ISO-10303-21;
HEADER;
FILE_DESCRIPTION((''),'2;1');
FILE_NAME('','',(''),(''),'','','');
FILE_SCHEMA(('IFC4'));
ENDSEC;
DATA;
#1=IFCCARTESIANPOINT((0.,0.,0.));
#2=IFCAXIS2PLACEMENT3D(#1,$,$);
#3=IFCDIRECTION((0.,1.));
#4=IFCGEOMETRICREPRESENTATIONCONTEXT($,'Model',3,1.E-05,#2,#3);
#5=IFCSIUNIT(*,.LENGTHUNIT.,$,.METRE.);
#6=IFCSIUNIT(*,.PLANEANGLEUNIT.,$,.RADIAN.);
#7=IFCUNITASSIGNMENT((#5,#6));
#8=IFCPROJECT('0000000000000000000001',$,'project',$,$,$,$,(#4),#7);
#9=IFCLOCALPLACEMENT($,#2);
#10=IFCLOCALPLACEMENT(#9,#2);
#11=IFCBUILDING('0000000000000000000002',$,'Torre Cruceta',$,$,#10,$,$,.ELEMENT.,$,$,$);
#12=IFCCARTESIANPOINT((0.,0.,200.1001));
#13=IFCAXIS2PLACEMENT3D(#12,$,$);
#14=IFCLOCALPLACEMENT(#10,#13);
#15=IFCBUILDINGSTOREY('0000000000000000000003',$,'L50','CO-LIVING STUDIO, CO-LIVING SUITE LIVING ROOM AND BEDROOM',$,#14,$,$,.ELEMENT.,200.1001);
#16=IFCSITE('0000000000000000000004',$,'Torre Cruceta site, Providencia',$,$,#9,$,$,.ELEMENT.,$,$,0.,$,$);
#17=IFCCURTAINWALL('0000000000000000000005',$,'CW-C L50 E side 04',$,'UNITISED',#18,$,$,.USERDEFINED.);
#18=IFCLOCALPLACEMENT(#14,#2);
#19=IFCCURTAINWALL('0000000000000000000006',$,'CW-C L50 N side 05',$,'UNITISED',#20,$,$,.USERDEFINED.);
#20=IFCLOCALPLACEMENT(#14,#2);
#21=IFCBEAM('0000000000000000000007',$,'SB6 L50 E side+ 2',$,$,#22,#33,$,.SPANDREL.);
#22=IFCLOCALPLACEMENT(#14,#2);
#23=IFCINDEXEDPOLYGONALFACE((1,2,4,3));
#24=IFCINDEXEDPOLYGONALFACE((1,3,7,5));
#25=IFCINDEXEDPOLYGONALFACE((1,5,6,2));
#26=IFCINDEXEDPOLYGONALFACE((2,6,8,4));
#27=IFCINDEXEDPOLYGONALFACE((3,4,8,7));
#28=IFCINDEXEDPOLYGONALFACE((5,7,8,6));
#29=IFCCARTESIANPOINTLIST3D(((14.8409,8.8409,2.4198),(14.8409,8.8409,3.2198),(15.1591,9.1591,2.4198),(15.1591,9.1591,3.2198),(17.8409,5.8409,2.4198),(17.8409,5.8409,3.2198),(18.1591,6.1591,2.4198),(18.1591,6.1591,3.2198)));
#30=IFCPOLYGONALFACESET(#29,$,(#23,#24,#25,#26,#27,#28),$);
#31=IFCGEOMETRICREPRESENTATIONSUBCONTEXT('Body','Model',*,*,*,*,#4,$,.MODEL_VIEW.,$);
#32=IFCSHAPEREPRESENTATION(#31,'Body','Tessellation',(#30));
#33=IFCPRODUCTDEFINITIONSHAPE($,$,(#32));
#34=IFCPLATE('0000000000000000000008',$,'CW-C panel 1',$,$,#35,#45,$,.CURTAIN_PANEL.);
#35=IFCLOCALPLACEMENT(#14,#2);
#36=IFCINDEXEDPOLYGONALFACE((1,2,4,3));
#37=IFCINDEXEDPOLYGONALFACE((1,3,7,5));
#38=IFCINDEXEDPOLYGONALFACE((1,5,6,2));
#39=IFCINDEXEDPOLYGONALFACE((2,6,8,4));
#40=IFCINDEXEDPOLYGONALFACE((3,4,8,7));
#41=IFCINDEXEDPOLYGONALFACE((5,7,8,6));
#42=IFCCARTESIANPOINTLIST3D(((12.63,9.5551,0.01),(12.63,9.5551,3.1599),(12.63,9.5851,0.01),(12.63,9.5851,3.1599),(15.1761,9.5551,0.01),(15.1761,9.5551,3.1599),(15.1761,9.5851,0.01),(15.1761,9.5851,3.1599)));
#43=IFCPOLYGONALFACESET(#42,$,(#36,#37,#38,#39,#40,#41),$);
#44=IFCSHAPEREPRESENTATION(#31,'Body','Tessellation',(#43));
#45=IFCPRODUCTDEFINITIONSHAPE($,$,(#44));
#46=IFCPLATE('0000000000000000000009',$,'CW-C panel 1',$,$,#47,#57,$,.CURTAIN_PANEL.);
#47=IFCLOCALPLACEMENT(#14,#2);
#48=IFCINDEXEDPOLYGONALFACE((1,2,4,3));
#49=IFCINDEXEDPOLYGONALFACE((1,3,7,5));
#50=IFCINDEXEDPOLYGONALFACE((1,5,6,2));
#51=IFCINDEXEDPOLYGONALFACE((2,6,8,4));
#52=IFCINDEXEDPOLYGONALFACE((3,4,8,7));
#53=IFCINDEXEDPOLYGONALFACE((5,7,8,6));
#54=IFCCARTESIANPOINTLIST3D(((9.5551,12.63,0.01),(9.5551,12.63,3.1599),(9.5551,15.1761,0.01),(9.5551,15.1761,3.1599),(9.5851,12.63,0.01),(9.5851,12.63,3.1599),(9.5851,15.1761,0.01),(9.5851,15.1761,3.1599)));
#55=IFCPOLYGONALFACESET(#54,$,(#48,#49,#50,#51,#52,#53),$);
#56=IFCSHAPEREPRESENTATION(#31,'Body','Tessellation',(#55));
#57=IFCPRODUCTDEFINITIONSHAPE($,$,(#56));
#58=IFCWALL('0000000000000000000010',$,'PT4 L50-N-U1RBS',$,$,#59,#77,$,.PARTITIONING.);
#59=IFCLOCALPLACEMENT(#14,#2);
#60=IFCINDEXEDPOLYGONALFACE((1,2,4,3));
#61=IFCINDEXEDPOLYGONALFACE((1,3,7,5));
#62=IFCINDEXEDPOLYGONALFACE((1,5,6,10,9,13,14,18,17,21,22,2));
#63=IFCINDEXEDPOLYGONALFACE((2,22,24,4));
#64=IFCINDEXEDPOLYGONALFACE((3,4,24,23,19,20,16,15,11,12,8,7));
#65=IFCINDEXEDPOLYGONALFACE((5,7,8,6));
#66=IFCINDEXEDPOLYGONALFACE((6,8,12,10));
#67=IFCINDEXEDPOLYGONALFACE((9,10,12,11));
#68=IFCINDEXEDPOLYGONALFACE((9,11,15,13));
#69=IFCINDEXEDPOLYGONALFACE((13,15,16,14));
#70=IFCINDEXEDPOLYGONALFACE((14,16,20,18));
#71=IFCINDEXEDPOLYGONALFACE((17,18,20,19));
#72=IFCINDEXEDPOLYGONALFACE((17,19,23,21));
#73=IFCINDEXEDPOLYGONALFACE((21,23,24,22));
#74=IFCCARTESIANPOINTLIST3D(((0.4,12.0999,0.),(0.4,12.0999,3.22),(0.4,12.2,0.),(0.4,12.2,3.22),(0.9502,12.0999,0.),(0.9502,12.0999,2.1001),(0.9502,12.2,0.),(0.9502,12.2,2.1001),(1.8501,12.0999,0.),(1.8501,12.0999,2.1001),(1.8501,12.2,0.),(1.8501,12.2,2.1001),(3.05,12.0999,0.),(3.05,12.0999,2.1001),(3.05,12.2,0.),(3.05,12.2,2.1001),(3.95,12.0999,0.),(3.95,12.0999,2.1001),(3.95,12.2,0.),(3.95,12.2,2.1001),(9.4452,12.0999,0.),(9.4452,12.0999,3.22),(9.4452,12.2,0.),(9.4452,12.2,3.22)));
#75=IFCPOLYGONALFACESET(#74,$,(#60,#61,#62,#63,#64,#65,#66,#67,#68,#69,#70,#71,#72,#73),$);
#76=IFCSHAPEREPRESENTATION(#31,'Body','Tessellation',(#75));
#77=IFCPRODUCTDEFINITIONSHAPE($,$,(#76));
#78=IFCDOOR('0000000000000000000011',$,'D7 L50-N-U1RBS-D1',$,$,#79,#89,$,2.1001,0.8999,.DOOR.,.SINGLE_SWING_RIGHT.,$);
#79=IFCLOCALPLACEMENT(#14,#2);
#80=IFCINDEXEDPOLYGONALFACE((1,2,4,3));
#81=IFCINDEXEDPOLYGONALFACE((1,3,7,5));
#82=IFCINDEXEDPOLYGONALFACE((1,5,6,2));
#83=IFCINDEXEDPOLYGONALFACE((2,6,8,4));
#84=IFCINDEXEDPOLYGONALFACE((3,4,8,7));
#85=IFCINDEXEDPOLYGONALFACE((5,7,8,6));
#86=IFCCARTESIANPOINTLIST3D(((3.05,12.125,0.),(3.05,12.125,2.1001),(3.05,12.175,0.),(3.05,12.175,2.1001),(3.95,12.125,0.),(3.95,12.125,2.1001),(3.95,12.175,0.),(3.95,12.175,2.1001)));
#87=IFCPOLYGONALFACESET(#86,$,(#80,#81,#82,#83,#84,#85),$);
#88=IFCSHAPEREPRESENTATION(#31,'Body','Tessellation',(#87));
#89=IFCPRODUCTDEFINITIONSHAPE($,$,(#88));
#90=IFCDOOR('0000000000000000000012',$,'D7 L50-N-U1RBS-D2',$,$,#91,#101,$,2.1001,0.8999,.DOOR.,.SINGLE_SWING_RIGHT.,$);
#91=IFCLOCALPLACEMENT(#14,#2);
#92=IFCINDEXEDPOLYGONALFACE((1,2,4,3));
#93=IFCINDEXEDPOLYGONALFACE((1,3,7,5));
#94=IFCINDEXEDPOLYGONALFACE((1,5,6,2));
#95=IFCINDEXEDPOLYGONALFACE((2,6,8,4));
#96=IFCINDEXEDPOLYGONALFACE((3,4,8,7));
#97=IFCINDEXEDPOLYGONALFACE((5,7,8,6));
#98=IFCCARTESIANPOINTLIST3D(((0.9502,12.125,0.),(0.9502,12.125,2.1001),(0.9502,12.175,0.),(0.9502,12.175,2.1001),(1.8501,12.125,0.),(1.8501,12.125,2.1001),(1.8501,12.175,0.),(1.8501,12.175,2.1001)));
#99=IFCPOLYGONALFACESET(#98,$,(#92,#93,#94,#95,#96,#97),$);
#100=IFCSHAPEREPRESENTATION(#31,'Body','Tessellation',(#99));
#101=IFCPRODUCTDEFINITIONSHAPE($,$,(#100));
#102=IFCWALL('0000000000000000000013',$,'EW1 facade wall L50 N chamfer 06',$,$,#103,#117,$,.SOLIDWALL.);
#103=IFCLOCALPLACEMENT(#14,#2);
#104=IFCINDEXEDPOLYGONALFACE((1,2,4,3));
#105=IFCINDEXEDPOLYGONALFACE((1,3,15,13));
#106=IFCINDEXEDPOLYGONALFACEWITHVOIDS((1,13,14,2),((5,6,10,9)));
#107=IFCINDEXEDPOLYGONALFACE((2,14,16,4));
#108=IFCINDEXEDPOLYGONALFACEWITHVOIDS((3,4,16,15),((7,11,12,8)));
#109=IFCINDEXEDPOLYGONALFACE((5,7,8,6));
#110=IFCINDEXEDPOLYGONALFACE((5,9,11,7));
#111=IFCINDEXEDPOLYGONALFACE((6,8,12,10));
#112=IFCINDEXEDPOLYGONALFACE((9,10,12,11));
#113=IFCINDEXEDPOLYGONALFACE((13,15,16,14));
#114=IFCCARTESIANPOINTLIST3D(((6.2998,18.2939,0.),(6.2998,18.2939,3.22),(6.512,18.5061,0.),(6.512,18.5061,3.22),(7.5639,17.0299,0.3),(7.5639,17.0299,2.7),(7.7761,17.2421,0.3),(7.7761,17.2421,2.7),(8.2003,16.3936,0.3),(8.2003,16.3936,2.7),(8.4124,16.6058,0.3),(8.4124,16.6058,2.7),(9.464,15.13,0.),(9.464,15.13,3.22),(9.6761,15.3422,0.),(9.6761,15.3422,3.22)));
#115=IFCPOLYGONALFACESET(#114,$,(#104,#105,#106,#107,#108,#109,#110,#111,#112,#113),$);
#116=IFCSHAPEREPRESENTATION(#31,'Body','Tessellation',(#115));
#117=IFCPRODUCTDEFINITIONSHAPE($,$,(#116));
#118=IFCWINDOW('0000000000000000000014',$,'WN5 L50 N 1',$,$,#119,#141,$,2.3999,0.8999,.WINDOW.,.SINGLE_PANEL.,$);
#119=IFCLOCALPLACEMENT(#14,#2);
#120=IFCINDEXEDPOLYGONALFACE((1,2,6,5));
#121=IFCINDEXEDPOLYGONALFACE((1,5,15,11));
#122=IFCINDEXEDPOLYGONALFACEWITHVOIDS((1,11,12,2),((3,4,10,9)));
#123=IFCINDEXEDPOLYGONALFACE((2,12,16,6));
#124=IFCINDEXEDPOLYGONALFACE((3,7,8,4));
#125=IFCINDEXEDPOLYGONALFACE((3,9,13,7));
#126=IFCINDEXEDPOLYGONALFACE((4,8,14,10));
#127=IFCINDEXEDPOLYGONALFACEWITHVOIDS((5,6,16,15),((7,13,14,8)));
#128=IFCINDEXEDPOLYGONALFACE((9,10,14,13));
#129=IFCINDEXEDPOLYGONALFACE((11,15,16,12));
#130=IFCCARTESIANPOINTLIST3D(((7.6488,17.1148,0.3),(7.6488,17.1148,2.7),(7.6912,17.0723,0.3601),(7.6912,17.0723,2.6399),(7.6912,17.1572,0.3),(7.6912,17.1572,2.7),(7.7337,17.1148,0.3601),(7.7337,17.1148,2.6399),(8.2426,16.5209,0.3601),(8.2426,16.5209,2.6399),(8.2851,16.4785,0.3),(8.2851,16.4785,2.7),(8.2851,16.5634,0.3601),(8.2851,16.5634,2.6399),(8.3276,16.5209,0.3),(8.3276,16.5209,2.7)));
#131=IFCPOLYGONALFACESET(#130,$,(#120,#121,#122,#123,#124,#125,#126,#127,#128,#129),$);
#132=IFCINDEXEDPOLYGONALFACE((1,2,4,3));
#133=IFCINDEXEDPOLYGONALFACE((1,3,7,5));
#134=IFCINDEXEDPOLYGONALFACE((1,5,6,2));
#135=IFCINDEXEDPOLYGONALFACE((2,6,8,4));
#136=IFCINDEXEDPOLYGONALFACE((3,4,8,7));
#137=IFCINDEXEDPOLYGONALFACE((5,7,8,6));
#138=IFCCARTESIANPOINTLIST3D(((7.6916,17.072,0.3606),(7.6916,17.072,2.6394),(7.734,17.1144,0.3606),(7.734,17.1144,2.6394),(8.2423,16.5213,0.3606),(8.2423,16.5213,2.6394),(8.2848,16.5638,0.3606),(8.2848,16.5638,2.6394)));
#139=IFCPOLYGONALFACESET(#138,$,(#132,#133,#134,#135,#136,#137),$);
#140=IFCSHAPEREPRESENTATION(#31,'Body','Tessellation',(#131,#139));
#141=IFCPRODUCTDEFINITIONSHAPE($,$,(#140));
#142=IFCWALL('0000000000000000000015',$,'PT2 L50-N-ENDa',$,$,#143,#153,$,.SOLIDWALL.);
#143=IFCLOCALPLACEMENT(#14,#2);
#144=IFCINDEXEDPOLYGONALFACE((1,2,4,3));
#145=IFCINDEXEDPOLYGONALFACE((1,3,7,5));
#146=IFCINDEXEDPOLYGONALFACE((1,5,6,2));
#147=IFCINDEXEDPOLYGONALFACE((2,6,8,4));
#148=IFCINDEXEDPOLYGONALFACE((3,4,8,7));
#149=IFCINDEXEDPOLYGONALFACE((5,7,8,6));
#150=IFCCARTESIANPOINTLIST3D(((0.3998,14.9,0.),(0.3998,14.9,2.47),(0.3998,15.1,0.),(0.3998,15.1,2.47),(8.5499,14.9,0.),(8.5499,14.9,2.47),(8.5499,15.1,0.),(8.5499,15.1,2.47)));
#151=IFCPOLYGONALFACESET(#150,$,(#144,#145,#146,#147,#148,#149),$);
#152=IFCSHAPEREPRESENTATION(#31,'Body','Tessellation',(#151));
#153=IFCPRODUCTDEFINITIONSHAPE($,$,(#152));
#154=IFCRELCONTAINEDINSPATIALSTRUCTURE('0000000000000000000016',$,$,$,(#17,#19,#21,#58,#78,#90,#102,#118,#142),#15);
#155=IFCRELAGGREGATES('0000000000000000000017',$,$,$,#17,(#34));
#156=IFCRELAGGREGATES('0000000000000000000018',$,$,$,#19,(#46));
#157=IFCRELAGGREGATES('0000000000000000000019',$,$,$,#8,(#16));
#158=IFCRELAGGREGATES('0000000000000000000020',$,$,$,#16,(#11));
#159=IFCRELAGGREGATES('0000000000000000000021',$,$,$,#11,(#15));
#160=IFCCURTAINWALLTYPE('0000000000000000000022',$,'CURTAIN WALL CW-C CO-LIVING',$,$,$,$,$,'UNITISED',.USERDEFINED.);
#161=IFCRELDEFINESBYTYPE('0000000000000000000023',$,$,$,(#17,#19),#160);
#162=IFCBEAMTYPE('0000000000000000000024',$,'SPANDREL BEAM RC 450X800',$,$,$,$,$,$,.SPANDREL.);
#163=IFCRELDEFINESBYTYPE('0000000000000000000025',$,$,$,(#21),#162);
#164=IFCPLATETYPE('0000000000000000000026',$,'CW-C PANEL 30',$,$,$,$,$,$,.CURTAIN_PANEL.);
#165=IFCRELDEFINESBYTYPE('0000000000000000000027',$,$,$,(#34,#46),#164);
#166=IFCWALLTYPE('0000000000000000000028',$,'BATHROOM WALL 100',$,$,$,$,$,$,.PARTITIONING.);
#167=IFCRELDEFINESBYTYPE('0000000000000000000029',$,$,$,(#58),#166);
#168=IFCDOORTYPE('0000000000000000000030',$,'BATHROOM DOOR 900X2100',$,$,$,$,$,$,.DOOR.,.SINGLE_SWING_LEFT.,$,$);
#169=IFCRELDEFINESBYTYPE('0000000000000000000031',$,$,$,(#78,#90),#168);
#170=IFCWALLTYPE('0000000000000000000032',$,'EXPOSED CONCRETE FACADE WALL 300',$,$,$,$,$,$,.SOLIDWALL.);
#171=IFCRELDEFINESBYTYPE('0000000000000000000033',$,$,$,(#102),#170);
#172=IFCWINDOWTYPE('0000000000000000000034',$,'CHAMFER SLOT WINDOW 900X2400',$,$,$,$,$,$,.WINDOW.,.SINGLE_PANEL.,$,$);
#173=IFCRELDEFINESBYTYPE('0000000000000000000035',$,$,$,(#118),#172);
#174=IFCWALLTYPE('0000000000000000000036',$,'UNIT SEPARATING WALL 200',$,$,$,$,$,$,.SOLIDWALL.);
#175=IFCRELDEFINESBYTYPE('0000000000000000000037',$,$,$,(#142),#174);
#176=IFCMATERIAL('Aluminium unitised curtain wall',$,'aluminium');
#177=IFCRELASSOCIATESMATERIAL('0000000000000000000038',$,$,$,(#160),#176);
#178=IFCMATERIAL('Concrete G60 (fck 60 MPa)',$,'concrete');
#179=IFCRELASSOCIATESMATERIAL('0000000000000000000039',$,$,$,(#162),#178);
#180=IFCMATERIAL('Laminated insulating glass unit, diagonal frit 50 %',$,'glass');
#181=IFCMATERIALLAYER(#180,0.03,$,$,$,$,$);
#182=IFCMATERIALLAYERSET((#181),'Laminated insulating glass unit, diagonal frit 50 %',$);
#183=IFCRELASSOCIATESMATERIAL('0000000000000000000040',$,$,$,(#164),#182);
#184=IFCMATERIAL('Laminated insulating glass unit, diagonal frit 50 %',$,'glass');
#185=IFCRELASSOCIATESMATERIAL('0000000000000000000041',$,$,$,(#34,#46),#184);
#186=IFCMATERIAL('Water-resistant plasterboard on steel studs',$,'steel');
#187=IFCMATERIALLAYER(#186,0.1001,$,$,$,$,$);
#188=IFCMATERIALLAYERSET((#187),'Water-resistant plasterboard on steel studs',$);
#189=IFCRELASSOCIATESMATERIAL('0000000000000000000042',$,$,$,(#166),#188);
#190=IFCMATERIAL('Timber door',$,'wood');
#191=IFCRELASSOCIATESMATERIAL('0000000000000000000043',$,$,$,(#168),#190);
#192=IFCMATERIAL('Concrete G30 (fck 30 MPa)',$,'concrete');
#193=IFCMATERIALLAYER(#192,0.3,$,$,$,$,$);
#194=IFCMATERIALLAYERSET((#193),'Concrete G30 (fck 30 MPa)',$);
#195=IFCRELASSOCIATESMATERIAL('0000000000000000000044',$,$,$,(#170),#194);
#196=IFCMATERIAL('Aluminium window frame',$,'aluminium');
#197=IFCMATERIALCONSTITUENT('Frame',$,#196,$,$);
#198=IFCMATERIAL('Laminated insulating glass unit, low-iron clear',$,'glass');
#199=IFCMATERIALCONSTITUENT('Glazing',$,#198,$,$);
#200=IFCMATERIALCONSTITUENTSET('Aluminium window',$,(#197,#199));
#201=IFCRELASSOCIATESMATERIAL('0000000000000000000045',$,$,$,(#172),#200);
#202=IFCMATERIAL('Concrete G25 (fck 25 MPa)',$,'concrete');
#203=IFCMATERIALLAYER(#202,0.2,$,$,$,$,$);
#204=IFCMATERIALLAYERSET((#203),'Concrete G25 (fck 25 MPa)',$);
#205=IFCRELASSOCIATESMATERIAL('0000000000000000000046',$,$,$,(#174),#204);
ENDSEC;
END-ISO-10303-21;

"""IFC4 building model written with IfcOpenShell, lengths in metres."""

from ifc_helpers import new_model, si_unit, direction, frame, frame_2d, origin, origin_2d, place, context, subcontext, project, spatial, rectangle, hollow_rectangle, extrude, material, layer, layer_set, constituent, constituent_set, material_profile, profile_set, type_object, element, fill, aggregate, save


model = new_model("IFC4")

# Units and contexts
model_context = context("Model", 3, precision=1e-05, world=origin(), true_north=direction((0.0, 1.0)))
body_context = subcontext(model_context, "Body", "Model", "MODEL_VIEW")
ifc_project = project(units=[si_unit("LENGTHUNIT", "METRE"), si_unit("PLANEANGLEUNIT", "RADIAN")], contexts=[model_context])

# Site, building, storey
site_placement = place(None, origin())
site = spatial("IfcSite", under=ifc_project, at=site_placement, Name="Torre Cruceta site, Providencia", CompositionType="ELEMENT", RefElevation=0.0)
building_placement = place(site_placement, origin())
building = spatial("IfcBuilding", under=site, at=building_placement, Name="Torre Cruceta", CompositionType="ELEMENT")
storey_placement = place(building_placement, frame((0.0, 0.0, 200.1001)))
storey = spatial("IfcBuildingStorey", under=building, at=storey_placement, Name="L50", Description="CO-LIVING STUDIO, CO-LIVING SUITE LIVING ROOM AND BEDROOM", CompositionType="ELEMENT", Elevation=200.1001)

# Curtain walls
ifc_material_1 = material(Name="Aluminium unitised curtain wall", Category="aluminium")
curtain_wall_type = type_object("IfcCurtainWallType", Name="CURTAIN WALL CW-C CO-LIVING", ElementType="UNITISED", PredefinedType="USERDEFINED", material=ifc_material_1)
curtain_wall_1_placement = place(storey_placement, origin())
curtain_wall_1 = element("IfcCurtainWall", 1, at=curtain_wall_1_placement, inside=storey, type_object=curtain_wall_type, Name="CW-C L50 E side 04", ObjectType="UNITISED", PredefinedType="USERDEFINED")
curtain_wall_2_placement = place(storey_placement, origin())
curtain_wall_2 = element("IfcCurtainWall", 2, at=curtain_wall_2_placement, inside=storey, type_object=curtain_wall_type, Name="CW-C L50 N side 05", ObjectType="UNITISED", PredefinedType="USERDEFINED")

# Beam
ifc_material_2 = material(Name="Concrete G60 (fck 60 MPa)", Category="concrete")
ifc_material_profile_1 = material_profile(ifc_material_2, rectangle(XDim=0.45, YDim=0.8, at=origin_2d()), Name="RC 450X800")
ifc_profile_set_1 = profile_set([ifc_material_profile_1], Name="Concrete G60 (fck 60 MPa)")
beam_type_1 = type_object("IfcBeamType", Name="SPANDREL BEAM RC 450X800", PredefinedType="SPANDREL", material=ifc_profile_set_1)
beam_1_placement = place(storey_placement, frame((15.0, 9.0, 2.8198), z_axis=(0.707107, -0.707107, 0.0), x_axis=(0.707107, 0.707107, 0.0)))
element("IfcBeam", 3, at=beam_1_placement, inside=storey, type_object=beam_type_1, Name="SB6 L50 E side+ 2", PredefinedType="SPANDREL", context=body_context, shape_type="SweptSolid", body=[
    extrude(rectangle(XDim=0.45, YDim=0.8, at=origin_2d()), origin(), (0.0, 0.0, 1.0), 4.2427),
])

# Plates
ifc_material_3 = material(Name="Laminated insulating glass unit, diagonal frit 50 %", Category="glass")
ifc_material_4 = material(Name="Laminated insulating glass unit, diagonal frit 50 %", Category="glass")
ifc_layer_1 = layer(ifc_material_4, 0.03)
ifc_layer_set_1 = layer_set([ifc_layer_1], Name="Laminated insulating glass unit, diagonal frit 50 %")
plate_type = type_object("IfcPlateType", Name="CW-C PANEL 30", PredefinedType="CURTAIN_PANEL", material=ifc_layer_set_1)
plate_1_placement = place(storey_placement, frame((13.9031, 9.5701, 0.01), z_axis=(0.0, 0.0, 1.0), x_axis=(-1.0, 0.0, 0.0)))
plate_1 = element("IfcPlate", 4, at=plate_1_placement, type_object=plate_type, material=ifc_material_3, Name="CW-C panel 1", PredefinedType="CURTAIN_PANEL", context=body_context, shape_type="SweptSolid", body=[
    extrude(rectangle(XDim=2.5461, YDim=0.03, at=origin_2d()), origin(), (0.0, 0.0, 1.0), 3.1499),
])
aggregate(curtain_wall_1, [plate_1])
plate_2_placement = place(storey_placement, frame((9.5701, 13.9031, 0.01), z_axis=(0.0, 0.0, 1.0), x_axis=(0.0, 1.0, 0.0)))
plate_2 = element("IfcPlate", 5, at=plate_2_placement, type_object=plate_type, material=ifc_material_3, Name="CW-C panel 1", PredefinedType="CURTAIN_PANEL", context=body_context, shape_type="SweptSolid", body=[
    extrude(rectangle(XDim=2.5461, YDim=0.03, at=origin_2d()), origin(), (0.0, 0.0, 1.0), 3.1499),
])
aggregate(curtain_wall_2, [plate_2])

# Wall, openings, doors
ifc_material_5 = material(Name="Water-resistant plasterboard on steel studs", Category="steel")
ifc_layer_2 = layer(ifc_material_5, 0.1001)
ifc_layer_set_2 = layer_set([ifc_layer_2], Name="Water-resistant plasterboard on steel studs")
wall_type_1 = type_object("IfcWallType", Name="BATHROOM WALL 100", PredefinedType="PARTITIONING", material=ifc_layer_set_2)
wall_1_placement = place(storey_placement, frame((9.4451, 12.1499, 0.0), z_axis=(0.0, 0.0, 1.0), x_axis=(-1.0, 0.0, 0.0)))
wall_1 = element("IfcWall", 6, at=wall_1_placement, inside=storey, type_object=wall_type_1, Name="PT4 L50-N-U1RBS", PredefinedType="PARTITIONING", context=body_context, shape_type="SweptSolid", body=[
    extrude(rectangle(XDim=9.0452, YDim=0.1001, at=frame_2d((4.5225, 0.0))), origin(), (0.0, 0.0, 1.0), 3.22),
])
opening_1_placement = place(wall_1_placement, frame((5.4951, 0.0, 0.0)))
opening_1 = element("IfcOpeningElement", 7, at=opening_1_placement, cuts=wall_1, PredefinedType="OPENING", context=body_context, shape_type="SweptSolid", body=[
    extrude(rectangle(XDim=0.8999, YDim=2.1001, at=frame_2d((0.45, 1.05))), frame((0.0, 0.0601, 0.0), z_axis=(0.0, -1.0, 0.0), x_axis=(1.0, 0.0, 0.0)), (0.0, 0.0, 1.0), 0.1201),
])
opening_2_placement = place(wall_1_placement, frame((7.595, 0.0, 0.0)))
opening_2 = element("IfcOpeningElement", 8, at=opening_2_placement, cuts=wall_1, PredefinedType="OPENING", context=body_context, shape_type="SweptSolid", body=[
    extrude(rectangle(XDim=0.8999, YDim=2.1001, at=frame_2d((0.45, 1.05))), frame((0.0, 0.0601, 0.0), z_axis=(0.0, -1.0, 0.0), x_axis=(1.0, 0.0, 0.0)), (0.0, 0.0, 1.0), 0.1201),
])
ifc_material_6 = material(Name="Timber door", Category="wood")
door_type_1 = type_object("IfcDoorType", Name="BATHROOM DOOR 900X2100", OperationType="SINGLE_SWING_LEFT", PredefinedType="DOOR", material=ifc_material_6)
door_1_placement = place(opening_1_placement, origin())
door_1 = element("IfcDoor", 9, at=door_1_placement, inside=storey, type_object=door_type_1, Name="D7 L50-N-U1RBS-D1", OperationType="SINGLE_SWING_RIGHT", OverallHeight=2.1001, OverallWidth=0.8999, PredefinedType="DOOR", context=body_context, shape_type="SweptSolid", body=[
    extrude(rectangle(XDim=0.8999, YDim=2.1001, at=frame_2d((0.45, 1.05))), frame((0.0, 0.0249, 0.0), z_axis=(0.0, -1.0, 0.0), x_axis=(1.0, 0.0, 0.0)), (0.0, 0.0, 1.0), 0.05),
])
fill(opening_1, door_1)
door_2_placement = place(opening_2_placement, origin())
door_2 = element("IfcDoor", 10, at=door_2_placement, inside=storey, type_object=door_type_1, Name="D7 L50-N-U1RBS-D2", OperationType="SINGLE_SWING_RIGHT", OverallHeight=2.1001, OverallWidth=0.8999, PredefinedType="DOOR", context=body_context, shape_type="SweptSolid", body=[
    extrude(rectangle(XDim=0.8999, YDim=2.1001, at=frame_2d((0.45, 1.05))), frame((0.0, 0.0249, 0.0), z_axis=(0.0, -1.0, 0.0), x_axis=(1.0, 0.0, 0.0)), (0.0, 0.0, 1.0), 0.05),
])
fill(opening_2, door_2)

# Wall, opening, window
ifc_material_7 = material(Name="Concrete G30 (fck 30 MPa)", Category="concrete")
ifc_layer_3 = layer(ifc_material_7, 0.3)
ifc_layer_set_3 = layer_set([ifc_layer_3], Name="Concrete G30 (fck 30 MPa)")
wall_type_2 = type_object("IfcWallType", Name="EXPOSED CONCRETE FACADE WALL 300", PredefinedType="SOLIDWALL", material=ifc_layer_set_3)
wall_2_placement = place(storey_placement, frame((9.5701, 15.2361, 0.0), z_axis=(0.0, 0.0, 1.0), x_axis=(-0.707134, 0.707079, 0.0)))
wall_2 = element("IfcWall", 11, at=wall_2_placement, inside=storey, type_object=wall_type_2, Name="EW1 facade wall L50 N chamfer 06", PredefinedType="SOLIDWALL", context=body_context, shape_type="SweptSolid", body=[
    extrude(rectangle(XDim=4.4746, YDim=0.3, at=frame_2d((2.2373, 0.0))), origin(), (0.0, 0.0, 1.0), 3.22),
])
opening_3_placement = place(wall_2_placement, frame((1.7871, 0.0, 0.3)))
opening_3 = element("IfcOpeningElement", 12, at=opening_3_placement, cuts=wall_2, PredefinedType="OPENING", context=body_context, shape_type="SweptSolid", body=[
    extrude(rectangle(XDim=0.8999, YDim=2.3999, at=frame_2d((0.45, 1.2))), frame((0.0, 0.1599, 0.0), z_axis=(0.0, -1.0, 0.0), x_axis=(1.0, 0.0, 0.0)), (0.0, 0.0, 1.0), 0.3201),
])
ifc_material_8 = material(Name="Aluminium window frame", Category="aluminium")
ifc_constituent_1 = constituent(ifc_material_8, Name="Frame")
ifc_material_9 = material(Name="Laminated insulating glass unit, low-iron clear", Category="glass")
ifc_constituent_2 = constituent(ifc_material_9, Name="Glazing")
ifc_constituent_set_1 = constituent_set(constituents=[ifc_constituent_1, ifc_constituent_2], Name="Aluminium window")
window_type = type_object("IfcWindowType", Name="CHAMFER SLOT WINDOW 900X2400", PartitioningType="SINGLE_PANEL", PredefinedType="WINDOW", material=ifc_constituent_set_1)
window_placement = place(opening_3_placement, origin())
window = element("IfcWindow", 13, at=window_placement, inside=storey, type_object=window_type, Name="WN5 L50 N 1", OverallHeight=2.3999, OverallWidth=0.8999, PartitioningType="SINGLE_PANEL", PredefinedType="WINDOW", context=body_context, shape_type="SweptSolid", body=[
    extrude(hollow_rectangle(XDim=0.8999, YDim=2.3999, WallThickness=0.0601, at=frame_2d((0.45, 1.2))), frame((0.0, 0.03, 0.0), z_axis=(0.0, -1.0, 0.0), x_axis=(1.0, 0.0, 0.0)), (0.0, 0.0, 1.0), 0.0601),
    extrude(rectangle(XDim=0.7788, YDim=2.2788, at=frame_2d((0.45, 1.2))), frame((0.0, 0.03, 0.0), z_axis=(0.0, -1.0, 0.0), x_axis=(1.0, 0.0, 0.0)), (0.0, 0.0, 1.0), 0.0601),
])
fill(opening_3, window)

# Wall
ifc_material_10 = material(Name="Concrete G25 (fck 25 MPa)", Category="concrete")
ifc_layer_4 = layer(ifc_material_10, 0.2)
ifc_layer_set_4 = layer_set([ifc_layer_4], Name="Concrete G25 (fck 25 MPa)")
wall_type_3 = type_object("IfcWallType", Name="UNIT SEPARATING WALL 200", PredefinedType="SOLIDWALL", material=ifc_layer_set_4)
wall_3_placement = place(storey_placement, frame((8.55, 15.0, 0.0), z_axis=(0.0, 0.0, 1.0), x_axis=(-1.0, 0.0, 0.0)))
element("IfcWall", 14, at=wall_3_placement, inside=storey, type_object=wall_type_3, Name="PT2 L50-N-ENDa", PredefinedType="SOLIDWALL", context=body_context, shape_type="SweptSolid", body=[
    extrude(rectangle(XDim=8.1501, YDim=0.2, at=frame_2d((4.0752, 0.0))), origin(), (0.0, 0.0, 1.0), 2.47),
])

save(model, "model.ifc")
